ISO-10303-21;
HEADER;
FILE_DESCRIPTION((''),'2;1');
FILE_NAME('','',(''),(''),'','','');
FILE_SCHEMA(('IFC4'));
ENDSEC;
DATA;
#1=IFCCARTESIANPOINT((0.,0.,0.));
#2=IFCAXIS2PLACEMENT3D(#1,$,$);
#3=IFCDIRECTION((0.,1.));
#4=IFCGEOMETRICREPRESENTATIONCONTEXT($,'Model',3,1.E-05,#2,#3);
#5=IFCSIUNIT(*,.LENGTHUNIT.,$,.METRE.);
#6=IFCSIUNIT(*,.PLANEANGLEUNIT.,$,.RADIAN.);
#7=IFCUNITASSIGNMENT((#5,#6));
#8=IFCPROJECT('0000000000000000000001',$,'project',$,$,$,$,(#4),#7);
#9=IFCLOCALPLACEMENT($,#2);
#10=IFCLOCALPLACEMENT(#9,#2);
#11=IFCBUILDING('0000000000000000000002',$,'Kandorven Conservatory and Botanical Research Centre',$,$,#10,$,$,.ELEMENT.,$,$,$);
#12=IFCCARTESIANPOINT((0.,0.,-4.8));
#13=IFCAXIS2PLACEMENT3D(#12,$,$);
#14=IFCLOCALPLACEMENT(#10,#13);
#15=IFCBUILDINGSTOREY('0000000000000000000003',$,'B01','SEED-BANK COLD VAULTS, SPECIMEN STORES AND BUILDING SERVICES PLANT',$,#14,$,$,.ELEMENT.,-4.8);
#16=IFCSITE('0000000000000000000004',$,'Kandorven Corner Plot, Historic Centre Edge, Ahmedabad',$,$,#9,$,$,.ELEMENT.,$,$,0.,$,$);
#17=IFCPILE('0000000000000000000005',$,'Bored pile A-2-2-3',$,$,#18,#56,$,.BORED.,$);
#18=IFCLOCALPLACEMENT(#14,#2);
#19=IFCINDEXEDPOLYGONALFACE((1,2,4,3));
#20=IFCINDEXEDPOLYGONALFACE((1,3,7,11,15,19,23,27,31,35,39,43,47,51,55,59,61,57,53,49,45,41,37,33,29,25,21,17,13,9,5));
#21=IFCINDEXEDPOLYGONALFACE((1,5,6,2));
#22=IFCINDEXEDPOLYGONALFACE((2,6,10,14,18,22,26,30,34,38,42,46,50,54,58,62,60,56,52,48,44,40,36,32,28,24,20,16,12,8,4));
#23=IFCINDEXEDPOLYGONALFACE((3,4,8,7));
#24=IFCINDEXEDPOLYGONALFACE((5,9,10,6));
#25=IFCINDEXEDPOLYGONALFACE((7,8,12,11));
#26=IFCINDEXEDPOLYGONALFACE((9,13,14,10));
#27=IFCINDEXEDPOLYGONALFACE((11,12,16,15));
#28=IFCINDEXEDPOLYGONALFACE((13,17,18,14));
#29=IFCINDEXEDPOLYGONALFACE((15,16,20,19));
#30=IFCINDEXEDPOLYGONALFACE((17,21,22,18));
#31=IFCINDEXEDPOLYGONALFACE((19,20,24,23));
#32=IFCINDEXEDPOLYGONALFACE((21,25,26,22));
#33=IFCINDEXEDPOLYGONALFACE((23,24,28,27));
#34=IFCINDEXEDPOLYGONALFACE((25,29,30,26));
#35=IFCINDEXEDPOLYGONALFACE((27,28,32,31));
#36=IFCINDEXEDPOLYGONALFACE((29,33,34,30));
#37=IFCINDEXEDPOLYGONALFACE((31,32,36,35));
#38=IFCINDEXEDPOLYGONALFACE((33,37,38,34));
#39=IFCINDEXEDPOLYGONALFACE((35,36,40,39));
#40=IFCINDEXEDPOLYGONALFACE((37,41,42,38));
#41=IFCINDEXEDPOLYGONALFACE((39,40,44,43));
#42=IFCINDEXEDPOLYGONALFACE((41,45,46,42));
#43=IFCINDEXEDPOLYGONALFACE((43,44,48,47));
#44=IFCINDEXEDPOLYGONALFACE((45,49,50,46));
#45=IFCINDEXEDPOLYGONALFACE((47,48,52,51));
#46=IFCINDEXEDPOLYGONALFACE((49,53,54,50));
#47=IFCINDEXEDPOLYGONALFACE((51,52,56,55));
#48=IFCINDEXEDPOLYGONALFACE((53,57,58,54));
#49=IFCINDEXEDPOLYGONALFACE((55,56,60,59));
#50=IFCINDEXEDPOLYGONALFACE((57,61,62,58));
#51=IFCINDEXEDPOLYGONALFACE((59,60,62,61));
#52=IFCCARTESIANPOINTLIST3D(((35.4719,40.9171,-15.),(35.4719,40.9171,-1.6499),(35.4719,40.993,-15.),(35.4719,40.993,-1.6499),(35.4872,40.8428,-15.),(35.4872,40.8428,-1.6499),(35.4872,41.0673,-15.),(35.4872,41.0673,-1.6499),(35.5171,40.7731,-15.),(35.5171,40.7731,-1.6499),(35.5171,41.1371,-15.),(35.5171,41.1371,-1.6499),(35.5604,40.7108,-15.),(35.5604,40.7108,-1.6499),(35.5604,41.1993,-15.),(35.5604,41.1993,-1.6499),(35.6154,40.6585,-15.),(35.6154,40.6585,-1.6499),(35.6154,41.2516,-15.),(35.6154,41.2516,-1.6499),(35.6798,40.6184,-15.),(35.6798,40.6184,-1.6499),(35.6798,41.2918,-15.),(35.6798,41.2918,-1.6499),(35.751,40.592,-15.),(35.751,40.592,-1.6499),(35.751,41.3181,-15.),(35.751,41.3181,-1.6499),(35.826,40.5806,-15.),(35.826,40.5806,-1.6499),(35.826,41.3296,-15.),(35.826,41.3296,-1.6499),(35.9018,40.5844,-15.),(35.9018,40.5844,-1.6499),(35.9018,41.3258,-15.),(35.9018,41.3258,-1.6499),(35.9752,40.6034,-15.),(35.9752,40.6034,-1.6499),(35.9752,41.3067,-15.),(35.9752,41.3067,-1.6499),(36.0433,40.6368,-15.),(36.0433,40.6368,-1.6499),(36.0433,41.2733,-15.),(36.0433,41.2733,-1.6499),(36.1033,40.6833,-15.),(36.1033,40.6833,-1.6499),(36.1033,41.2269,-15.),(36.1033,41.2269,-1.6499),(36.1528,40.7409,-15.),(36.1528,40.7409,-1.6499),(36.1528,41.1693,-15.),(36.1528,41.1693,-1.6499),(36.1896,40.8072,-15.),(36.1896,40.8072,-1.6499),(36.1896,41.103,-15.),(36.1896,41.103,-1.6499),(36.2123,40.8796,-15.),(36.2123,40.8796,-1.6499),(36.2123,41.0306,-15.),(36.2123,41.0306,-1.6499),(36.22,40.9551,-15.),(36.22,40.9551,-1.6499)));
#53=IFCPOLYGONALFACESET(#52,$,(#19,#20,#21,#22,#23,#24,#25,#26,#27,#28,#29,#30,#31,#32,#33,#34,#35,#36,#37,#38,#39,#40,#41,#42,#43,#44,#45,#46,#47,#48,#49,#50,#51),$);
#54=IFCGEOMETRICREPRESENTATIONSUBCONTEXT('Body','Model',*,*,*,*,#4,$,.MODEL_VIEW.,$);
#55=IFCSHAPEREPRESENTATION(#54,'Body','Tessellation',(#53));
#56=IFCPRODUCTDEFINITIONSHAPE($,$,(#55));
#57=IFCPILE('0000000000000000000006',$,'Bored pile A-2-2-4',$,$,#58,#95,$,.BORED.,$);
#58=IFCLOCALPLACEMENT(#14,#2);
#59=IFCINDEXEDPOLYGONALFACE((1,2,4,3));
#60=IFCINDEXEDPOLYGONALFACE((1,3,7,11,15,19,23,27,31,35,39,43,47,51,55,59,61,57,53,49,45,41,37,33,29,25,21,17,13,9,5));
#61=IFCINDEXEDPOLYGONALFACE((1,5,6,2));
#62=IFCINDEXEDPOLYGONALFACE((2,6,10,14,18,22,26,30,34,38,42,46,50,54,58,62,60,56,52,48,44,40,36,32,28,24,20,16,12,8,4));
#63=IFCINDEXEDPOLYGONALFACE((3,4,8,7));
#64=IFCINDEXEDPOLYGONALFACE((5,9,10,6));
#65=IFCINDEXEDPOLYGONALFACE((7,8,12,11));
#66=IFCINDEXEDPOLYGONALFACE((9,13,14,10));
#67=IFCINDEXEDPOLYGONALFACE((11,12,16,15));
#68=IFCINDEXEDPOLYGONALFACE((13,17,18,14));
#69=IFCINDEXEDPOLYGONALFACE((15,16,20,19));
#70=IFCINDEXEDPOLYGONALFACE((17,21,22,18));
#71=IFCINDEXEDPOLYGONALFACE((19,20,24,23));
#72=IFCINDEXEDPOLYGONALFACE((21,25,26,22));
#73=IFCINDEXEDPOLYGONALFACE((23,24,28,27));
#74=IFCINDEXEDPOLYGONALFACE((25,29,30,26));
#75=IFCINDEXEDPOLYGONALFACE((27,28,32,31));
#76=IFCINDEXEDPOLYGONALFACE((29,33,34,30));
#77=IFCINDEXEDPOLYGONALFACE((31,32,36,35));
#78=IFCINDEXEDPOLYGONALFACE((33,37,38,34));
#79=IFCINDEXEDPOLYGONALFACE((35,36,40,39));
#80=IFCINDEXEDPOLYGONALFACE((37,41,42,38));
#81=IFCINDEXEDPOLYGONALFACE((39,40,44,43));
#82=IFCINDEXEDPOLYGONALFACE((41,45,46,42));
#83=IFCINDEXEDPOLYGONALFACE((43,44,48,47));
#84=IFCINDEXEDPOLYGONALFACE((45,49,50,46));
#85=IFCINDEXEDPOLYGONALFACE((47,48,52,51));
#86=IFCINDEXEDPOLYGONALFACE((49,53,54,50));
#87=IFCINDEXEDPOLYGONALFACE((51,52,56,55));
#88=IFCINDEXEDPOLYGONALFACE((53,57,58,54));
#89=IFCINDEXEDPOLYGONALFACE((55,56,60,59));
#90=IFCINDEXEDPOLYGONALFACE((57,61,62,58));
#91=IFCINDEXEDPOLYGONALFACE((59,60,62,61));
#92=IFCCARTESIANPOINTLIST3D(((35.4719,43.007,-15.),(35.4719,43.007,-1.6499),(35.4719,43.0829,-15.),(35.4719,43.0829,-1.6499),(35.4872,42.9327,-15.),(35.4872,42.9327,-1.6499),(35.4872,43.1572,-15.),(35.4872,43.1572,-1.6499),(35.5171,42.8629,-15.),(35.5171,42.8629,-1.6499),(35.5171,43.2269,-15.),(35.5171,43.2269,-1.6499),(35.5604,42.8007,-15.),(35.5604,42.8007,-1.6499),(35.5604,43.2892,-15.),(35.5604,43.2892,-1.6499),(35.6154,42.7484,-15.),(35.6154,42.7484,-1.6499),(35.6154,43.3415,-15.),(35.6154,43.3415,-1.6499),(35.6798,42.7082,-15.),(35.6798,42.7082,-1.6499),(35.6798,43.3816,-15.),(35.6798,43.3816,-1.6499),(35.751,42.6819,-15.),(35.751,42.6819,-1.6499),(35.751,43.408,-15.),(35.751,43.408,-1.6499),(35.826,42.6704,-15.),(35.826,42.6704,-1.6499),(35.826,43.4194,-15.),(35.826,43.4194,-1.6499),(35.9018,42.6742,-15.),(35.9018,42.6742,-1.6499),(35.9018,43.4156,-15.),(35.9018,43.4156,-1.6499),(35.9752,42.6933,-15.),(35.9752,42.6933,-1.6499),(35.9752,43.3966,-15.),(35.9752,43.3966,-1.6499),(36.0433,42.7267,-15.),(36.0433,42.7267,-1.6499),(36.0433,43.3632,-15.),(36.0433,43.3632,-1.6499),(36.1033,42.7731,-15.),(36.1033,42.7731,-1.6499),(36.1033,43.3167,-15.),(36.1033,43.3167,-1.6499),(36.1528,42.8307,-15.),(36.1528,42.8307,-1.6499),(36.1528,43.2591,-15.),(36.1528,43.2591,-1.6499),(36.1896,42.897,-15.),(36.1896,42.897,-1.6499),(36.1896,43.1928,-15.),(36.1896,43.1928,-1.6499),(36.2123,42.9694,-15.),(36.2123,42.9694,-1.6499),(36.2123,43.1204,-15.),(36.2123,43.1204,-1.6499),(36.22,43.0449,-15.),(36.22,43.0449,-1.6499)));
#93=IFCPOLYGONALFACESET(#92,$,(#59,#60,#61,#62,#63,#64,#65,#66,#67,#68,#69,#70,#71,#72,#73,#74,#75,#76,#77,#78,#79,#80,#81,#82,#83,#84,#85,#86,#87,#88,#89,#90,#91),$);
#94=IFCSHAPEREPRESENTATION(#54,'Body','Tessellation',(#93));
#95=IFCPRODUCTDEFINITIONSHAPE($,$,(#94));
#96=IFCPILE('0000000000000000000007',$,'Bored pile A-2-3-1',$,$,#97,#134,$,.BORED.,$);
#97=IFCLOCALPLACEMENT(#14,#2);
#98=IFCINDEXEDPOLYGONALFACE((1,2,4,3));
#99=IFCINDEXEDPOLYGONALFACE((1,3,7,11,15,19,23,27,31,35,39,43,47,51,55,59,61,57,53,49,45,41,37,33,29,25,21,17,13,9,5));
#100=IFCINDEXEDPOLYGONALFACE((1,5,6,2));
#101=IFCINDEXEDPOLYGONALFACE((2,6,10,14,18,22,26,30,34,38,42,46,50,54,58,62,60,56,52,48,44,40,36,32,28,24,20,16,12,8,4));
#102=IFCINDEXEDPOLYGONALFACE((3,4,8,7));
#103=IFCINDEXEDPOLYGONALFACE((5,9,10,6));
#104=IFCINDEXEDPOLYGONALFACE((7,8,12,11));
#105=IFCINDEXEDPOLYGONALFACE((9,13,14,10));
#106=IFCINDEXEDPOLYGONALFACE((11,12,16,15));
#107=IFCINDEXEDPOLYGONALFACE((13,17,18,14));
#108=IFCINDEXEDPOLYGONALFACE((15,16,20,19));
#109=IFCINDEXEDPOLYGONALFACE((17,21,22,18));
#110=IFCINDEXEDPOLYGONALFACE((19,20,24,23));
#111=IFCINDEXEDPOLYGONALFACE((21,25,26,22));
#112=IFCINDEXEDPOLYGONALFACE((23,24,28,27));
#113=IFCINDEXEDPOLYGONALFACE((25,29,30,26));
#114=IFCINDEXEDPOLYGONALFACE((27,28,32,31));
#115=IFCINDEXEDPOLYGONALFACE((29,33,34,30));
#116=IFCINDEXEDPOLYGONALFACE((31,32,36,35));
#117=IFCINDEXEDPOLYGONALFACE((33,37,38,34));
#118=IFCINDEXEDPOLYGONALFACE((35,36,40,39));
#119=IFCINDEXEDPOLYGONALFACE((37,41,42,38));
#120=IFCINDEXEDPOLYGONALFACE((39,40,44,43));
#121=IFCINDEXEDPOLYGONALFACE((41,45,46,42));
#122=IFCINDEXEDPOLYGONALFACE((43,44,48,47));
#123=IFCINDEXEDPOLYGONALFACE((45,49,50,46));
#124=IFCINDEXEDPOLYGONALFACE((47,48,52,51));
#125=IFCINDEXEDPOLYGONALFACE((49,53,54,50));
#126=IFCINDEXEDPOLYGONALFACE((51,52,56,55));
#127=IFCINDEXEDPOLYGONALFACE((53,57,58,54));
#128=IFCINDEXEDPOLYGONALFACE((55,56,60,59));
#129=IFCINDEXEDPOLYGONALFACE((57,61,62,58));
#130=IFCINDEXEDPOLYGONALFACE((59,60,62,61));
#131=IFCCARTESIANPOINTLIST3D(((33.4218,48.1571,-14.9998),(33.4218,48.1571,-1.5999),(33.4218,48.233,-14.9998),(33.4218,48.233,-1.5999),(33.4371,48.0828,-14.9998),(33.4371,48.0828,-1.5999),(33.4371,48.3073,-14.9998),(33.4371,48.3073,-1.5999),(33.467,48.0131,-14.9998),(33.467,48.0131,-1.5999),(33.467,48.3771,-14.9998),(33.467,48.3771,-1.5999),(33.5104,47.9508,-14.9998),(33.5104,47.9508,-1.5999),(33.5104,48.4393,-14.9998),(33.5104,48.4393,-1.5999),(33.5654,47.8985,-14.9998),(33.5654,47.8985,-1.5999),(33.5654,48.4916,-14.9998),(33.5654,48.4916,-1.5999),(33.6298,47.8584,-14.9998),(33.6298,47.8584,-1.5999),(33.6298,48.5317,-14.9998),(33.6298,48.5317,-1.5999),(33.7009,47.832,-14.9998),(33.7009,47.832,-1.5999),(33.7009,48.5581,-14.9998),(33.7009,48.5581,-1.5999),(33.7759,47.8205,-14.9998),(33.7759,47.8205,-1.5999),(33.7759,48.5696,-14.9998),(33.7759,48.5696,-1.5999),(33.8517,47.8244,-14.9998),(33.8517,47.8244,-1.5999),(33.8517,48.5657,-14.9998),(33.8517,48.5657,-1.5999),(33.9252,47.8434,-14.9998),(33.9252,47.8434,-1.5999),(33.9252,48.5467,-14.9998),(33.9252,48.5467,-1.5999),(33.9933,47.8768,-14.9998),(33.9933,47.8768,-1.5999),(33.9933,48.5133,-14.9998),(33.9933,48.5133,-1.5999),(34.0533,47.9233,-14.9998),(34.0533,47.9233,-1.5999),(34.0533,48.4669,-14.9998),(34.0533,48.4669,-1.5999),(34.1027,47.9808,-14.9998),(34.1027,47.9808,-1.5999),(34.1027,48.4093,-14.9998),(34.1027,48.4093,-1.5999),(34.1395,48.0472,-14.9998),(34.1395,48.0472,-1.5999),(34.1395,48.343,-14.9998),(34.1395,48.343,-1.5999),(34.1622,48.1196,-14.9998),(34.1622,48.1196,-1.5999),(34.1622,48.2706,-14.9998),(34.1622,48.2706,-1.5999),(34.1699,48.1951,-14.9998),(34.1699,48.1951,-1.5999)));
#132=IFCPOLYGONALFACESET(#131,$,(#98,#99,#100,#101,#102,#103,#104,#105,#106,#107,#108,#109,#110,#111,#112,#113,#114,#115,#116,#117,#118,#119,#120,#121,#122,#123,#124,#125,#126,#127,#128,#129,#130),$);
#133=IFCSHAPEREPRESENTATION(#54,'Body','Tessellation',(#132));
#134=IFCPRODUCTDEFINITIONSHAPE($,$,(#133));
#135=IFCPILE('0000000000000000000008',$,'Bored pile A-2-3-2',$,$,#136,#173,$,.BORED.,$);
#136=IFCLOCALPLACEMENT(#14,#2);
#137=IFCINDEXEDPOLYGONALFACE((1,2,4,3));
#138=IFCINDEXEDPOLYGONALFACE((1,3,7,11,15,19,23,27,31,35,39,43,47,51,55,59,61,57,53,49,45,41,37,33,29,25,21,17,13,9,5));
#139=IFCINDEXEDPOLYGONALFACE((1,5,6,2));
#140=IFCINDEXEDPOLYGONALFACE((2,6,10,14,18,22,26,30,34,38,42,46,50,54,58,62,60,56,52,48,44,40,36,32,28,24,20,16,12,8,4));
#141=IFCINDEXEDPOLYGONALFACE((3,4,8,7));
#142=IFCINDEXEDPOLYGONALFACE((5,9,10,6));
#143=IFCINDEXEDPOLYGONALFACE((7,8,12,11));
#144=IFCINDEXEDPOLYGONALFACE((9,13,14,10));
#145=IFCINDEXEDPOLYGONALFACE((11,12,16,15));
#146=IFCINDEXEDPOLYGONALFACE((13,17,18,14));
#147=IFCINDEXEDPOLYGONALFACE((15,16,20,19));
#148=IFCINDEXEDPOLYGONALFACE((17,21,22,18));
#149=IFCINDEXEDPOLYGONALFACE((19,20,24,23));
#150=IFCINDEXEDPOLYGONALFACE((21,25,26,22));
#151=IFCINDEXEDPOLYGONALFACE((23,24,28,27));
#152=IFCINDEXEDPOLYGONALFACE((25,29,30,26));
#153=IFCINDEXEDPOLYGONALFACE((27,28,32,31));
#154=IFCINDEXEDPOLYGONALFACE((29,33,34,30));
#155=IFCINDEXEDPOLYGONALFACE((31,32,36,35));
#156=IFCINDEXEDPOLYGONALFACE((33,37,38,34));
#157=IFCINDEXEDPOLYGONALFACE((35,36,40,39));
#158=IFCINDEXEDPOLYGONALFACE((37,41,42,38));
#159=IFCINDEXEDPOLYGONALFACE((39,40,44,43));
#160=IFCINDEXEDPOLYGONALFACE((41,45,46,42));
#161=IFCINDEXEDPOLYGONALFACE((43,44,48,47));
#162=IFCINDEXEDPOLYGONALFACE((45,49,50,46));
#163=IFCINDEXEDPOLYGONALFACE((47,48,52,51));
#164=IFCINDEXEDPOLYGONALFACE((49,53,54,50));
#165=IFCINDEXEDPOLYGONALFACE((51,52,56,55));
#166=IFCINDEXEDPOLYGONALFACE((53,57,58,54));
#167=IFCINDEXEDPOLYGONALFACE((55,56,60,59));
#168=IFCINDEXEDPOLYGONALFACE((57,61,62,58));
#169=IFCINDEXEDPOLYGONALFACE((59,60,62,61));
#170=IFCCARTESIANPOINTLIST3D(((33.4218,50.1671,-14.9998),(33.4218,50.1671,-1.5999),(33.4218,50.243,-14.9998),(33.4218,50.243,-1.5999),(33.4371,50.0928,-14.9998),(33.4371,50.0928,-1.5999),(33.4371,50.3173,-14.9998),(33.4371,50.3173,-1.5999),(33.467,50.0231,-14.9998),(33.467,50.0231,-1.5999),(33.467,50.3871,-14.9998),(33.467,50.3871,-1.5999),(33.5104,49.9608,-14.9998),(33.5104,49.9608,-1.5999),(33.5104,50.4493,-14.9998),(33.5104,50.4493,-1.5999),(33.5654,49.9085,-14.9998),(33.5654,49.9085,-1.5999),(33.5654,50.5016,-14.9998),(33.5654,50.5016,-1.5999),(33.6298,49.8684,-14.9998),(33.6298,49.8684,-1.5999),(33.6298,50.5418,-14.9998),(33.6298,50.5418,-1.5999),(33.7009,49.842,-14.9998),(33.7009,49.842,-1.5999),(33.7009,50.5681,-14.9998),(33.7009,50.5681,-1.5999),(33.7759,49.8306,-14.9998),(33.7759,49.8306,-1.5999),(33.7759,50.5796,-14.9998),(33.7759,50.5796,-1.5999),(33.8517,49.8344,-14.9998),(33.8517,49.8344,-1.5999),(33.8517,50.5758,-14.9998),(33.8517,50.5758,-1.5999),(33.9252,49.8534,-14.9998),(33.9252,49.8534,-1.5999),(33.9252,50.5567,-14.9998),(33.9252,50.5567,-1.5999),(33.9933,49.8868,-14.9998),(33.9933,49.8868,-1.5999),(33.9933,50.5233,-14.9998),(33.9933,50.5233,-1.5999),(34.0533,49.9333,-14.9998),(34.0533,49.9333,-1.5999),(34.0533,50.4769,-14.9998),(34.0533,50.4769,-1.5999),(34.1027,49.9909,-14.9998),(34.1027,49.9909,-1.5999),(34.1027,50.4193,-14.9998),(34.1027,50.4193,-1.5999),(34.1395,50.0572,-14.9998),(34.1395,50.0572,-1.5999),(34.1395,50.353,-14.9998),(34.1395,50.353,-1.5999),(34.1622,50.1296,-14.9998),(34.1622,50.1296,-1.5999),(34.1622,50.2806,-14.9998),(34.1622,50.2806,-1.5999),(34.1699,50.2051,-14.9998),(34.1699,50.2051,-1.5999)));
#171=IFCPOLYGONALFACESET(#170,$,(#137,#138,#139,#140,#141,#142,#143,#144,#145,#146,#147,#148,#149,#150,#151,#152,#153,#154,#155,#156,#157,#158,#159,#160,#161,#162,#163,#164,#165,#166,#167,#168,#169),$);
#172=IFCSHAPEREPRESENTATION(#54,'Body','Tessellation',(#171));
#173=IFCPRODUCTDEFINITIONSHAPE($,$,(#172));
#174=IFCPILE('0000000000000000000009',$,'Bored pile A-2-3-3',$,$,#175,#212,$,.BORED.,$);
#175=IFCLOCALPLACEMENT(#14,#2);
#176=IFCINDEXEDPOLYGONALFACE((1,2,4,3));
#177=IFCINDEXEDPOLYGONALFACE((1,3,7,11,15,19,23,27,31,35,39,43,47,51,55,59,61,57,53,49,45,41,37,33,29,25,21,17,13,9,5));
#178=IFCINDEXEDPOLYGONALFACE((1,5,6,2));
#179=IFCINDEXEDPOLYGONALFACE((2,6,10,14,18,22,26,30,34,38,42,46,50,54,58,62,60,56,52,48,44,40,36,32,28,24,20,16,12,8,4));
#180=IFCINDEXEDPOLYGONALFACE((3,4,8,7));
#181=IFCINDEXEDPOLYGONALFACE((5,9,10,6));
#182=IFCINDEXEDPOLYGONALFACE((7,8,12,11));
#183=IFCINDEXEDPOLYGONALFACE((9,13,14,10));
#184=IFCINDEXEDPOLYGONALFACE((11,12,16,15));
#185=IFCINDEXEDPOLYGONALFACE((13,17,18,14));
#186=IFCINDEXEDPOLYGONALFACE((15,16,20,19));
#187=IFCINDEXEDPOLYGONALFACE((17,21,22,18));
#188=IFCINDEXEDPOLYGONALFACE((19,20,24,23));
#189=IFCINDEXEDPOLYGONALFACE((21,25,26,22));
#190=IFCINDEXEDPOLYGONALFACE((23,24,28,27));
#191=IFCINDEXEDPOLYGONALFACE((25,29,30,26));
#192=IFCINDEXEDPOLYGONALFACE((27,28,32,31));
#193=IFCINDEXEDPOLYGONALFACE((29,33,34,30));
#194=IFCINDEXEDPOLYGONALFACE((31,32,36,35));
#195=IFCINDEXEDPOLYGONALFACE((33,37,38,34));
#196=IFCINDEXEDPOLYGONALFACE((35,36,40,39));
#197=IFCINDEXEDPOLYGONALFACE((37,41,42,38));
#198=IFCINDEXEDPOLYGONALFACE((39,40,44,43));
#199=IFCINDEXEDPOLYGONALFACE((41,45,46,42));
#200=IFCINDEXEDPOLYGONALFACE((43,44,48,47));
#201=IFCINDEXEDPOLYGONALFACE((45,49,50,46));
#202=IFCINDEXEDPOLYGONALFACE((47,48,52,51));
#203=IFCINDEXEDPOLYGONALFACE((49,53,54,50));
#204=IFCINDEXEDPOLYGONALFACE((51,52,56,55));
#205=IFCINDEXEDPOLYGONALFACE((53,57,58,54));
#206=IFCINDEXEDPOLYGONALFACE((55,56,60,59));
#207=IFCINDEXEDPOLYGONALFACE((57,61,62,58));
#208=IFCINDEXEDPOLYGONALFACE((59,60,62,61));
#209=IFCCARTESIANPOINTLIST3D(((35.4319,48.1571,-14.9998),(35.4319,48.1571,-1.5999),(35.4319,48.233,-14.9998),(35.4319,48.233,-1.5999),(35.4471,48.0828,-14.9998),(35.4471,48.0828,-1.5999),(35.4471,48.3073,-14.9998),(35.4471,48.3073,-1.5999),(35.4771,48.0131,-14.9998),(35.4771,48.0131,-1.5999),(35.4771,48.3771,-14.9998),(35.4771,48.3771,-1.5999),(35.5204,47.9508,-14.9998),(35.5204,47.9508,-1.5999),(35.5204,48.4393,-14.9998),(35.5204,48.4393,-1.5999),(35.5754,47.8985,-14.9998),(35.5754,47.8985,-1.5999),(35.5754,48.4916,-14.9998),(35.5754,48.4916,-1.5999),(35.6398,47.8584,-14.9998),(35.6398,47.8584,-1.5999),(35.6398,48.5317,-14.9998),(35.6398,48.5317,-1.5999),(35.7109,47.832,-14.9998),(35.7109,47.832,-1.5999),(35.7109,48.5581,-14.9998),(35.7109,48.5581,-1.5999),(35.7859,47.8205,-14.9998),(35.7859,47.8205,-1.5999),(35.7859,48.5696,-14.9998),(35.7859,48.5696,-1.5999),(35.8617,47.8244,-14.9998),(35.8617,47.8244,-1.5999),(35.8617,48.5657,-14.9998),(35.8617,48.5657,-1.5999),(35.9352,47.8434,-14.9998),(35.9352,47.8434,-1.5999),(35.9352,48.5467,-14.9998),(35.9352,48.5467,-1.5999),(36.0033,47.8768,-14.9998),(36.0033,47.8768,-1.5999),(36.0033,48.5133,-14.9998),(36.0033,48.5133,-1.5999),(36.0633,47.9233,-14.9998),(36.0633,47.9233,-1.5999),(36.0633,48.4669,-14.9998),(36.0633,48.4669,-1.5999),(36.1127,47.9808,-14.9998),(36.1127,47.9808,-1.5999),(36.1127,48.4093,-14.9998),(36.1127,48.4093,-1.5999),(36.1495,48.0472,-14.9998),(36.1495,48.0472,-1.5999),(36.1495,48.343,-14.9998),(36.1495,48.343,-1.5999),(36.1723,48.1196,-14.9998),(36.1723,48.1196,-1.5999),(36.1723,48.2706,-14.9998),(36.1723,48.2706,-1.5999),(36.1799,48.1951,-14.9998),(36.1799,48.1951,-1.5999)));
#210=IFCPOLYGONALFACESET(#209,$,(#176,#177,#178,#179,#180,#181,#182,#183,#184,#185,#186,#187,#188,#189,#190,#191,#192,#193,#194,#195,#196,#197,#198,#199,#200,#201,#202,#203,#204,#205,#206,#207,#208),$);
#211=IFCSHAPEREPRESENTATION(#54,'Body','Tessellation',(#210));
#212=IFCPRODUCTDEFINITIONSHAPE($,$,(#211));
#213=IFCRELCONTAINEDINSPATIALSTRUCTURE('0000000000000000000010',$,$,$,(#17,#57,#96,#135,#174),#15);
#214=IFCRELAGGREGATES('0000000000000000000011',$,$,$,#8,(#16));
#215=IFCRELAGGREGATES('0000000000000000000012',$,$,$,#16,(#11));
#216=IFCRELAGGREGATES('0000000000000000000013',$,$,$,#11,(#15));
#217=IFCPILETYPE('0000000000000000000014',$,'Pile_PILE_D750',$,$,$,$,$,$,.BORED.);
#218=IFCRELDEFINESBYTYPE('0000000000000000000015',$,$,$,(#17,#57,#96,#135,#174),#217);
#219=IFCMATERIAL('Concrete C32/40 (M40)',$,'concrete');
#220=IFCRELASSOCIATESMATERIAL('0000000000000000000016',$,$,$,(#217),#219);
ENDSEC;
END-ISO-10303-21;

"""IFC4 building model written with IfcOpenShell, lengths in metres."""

from ifc_helpers import new_model, si_unit, direction, frame, origin, origin_2d, place, context, subcontext, project, spatial, circle, extrude, material, material_profile, profile_set, type_object, element, save


model = new_model("IFC4")

# Units and contexts
model_context = context("Model", 3, precision=1e-05, world=origin(), true_north=direction((0.0, 1.0)))
body_context = subcontext(model_context, "Body", "Model", "MODEL_VIEW")
ifc_project = project(units=[si_unit("LENGTHUNIT", "METRE"), si_unit("PLANEANGLEUNIT", "RADIAN")], contexts=[model_context])

# Site, building, storey
site_placement = place(None, origin())
site = spatial("IfcSite", under=ifc_project, at=site_placement, Name="Kandorven Corner Plot, Historic Centre Edge, Ahmedabad", CompositionType="ELEMENT", RefElevation=0.0)
building_placement = place(site_placement, origin())
building = spatial("IfcBuilding", under=site, at=building_placement, Name="Kandorven Conservatory and Botanical Research Centre", CompositionType="ELEMENT")
storey_placement = place(building_placement, frame((0.0, 0.0, -4.8)))
storey = spatial("IfcBuildingStorey", under=building, at=storey_placement, Name="B01", Description="SEED-BANK COLD VAULTS, SPECIMEN STORES AND BUILDING SERVICES PLANT", CompositionType="ELEMENT", Elevation=-4.8)

# Piles
ifc_material_1 = material(Name="Concrete C32/40 (M40)", Category="concrete")
ifc_material_profile_1 = material_profile(ifc_material_1, circle(Radius=0.375, at=origin_2d()))
ifc_profile_set_1 = profile_set([ifc_material_profile_1], Name="Concrete C32/40 (M40)")
pile_type = type_object("IfcPileType", Name="Pile_PILE_D750", PredefinedType="BORED", material=ifc_profile_set_1)
for number, where, z_axis, x_axis, name in (
    (1, (35.845, 40.9551, -1.6499), (0.0, 0.0, -1.0), (1.0, 0.0, 0.0), "Bored pile A-2-2-3"),
    (2, (35.845, 43.0449, -1.6499), (0.0, 0.0, -1.0), (1.0, 0.0, 0.0), "Bored pile A-2-2-4"),
):
    element("IfcPile", number, at=place(storey_placement, frame(where, z_axis=z_axis, x_axis=x_axis)), inside=storey, type_object=pile_type, Name=name, PredefinedType="BORED", context=body_context, shape_type="SweptSolid", body=[
        extrude(circle(Radius=0.375, at=origin_2d()), origin(), (0.0, 0.0, 1.0), 13.3501),
    ])
for number, where, z_axis, x_axis, name in (
    (3, (33.7949, 48.1951, -1.5999), (0.0, 0.0, -1.0), (1.0, 0.0, 0.0), "Bored pile A-2-3-1"),
    (4, (33.7949, 50.2051, -1.5999), (0.0, 0.0, -1.0), (1.0, 0.0, 0.0), "Bored pile A-2-3-2"),
    (5, (35.8049, 48.1951, -1.5999), (0.0, 0.0, -1.0), (1.0, 0.0, 0.0), "Bored pile A-2-3-3"),
):
    element("IfcPile", number, at=place(storey_placement, frame(where, z_axis=z_axis, x_axis=x_axis)), inside=storey, type_object=pile_type, Name=name, PredefinedType="BORED", context=body_context, shape_type="SweptSolid", body=[
        extrude(circle(Radius=0.375, at=origin_2d()), origin(), (0.0, 0.0, 1.0), 13.3999),
    ])

save(model, "model.ifc")
